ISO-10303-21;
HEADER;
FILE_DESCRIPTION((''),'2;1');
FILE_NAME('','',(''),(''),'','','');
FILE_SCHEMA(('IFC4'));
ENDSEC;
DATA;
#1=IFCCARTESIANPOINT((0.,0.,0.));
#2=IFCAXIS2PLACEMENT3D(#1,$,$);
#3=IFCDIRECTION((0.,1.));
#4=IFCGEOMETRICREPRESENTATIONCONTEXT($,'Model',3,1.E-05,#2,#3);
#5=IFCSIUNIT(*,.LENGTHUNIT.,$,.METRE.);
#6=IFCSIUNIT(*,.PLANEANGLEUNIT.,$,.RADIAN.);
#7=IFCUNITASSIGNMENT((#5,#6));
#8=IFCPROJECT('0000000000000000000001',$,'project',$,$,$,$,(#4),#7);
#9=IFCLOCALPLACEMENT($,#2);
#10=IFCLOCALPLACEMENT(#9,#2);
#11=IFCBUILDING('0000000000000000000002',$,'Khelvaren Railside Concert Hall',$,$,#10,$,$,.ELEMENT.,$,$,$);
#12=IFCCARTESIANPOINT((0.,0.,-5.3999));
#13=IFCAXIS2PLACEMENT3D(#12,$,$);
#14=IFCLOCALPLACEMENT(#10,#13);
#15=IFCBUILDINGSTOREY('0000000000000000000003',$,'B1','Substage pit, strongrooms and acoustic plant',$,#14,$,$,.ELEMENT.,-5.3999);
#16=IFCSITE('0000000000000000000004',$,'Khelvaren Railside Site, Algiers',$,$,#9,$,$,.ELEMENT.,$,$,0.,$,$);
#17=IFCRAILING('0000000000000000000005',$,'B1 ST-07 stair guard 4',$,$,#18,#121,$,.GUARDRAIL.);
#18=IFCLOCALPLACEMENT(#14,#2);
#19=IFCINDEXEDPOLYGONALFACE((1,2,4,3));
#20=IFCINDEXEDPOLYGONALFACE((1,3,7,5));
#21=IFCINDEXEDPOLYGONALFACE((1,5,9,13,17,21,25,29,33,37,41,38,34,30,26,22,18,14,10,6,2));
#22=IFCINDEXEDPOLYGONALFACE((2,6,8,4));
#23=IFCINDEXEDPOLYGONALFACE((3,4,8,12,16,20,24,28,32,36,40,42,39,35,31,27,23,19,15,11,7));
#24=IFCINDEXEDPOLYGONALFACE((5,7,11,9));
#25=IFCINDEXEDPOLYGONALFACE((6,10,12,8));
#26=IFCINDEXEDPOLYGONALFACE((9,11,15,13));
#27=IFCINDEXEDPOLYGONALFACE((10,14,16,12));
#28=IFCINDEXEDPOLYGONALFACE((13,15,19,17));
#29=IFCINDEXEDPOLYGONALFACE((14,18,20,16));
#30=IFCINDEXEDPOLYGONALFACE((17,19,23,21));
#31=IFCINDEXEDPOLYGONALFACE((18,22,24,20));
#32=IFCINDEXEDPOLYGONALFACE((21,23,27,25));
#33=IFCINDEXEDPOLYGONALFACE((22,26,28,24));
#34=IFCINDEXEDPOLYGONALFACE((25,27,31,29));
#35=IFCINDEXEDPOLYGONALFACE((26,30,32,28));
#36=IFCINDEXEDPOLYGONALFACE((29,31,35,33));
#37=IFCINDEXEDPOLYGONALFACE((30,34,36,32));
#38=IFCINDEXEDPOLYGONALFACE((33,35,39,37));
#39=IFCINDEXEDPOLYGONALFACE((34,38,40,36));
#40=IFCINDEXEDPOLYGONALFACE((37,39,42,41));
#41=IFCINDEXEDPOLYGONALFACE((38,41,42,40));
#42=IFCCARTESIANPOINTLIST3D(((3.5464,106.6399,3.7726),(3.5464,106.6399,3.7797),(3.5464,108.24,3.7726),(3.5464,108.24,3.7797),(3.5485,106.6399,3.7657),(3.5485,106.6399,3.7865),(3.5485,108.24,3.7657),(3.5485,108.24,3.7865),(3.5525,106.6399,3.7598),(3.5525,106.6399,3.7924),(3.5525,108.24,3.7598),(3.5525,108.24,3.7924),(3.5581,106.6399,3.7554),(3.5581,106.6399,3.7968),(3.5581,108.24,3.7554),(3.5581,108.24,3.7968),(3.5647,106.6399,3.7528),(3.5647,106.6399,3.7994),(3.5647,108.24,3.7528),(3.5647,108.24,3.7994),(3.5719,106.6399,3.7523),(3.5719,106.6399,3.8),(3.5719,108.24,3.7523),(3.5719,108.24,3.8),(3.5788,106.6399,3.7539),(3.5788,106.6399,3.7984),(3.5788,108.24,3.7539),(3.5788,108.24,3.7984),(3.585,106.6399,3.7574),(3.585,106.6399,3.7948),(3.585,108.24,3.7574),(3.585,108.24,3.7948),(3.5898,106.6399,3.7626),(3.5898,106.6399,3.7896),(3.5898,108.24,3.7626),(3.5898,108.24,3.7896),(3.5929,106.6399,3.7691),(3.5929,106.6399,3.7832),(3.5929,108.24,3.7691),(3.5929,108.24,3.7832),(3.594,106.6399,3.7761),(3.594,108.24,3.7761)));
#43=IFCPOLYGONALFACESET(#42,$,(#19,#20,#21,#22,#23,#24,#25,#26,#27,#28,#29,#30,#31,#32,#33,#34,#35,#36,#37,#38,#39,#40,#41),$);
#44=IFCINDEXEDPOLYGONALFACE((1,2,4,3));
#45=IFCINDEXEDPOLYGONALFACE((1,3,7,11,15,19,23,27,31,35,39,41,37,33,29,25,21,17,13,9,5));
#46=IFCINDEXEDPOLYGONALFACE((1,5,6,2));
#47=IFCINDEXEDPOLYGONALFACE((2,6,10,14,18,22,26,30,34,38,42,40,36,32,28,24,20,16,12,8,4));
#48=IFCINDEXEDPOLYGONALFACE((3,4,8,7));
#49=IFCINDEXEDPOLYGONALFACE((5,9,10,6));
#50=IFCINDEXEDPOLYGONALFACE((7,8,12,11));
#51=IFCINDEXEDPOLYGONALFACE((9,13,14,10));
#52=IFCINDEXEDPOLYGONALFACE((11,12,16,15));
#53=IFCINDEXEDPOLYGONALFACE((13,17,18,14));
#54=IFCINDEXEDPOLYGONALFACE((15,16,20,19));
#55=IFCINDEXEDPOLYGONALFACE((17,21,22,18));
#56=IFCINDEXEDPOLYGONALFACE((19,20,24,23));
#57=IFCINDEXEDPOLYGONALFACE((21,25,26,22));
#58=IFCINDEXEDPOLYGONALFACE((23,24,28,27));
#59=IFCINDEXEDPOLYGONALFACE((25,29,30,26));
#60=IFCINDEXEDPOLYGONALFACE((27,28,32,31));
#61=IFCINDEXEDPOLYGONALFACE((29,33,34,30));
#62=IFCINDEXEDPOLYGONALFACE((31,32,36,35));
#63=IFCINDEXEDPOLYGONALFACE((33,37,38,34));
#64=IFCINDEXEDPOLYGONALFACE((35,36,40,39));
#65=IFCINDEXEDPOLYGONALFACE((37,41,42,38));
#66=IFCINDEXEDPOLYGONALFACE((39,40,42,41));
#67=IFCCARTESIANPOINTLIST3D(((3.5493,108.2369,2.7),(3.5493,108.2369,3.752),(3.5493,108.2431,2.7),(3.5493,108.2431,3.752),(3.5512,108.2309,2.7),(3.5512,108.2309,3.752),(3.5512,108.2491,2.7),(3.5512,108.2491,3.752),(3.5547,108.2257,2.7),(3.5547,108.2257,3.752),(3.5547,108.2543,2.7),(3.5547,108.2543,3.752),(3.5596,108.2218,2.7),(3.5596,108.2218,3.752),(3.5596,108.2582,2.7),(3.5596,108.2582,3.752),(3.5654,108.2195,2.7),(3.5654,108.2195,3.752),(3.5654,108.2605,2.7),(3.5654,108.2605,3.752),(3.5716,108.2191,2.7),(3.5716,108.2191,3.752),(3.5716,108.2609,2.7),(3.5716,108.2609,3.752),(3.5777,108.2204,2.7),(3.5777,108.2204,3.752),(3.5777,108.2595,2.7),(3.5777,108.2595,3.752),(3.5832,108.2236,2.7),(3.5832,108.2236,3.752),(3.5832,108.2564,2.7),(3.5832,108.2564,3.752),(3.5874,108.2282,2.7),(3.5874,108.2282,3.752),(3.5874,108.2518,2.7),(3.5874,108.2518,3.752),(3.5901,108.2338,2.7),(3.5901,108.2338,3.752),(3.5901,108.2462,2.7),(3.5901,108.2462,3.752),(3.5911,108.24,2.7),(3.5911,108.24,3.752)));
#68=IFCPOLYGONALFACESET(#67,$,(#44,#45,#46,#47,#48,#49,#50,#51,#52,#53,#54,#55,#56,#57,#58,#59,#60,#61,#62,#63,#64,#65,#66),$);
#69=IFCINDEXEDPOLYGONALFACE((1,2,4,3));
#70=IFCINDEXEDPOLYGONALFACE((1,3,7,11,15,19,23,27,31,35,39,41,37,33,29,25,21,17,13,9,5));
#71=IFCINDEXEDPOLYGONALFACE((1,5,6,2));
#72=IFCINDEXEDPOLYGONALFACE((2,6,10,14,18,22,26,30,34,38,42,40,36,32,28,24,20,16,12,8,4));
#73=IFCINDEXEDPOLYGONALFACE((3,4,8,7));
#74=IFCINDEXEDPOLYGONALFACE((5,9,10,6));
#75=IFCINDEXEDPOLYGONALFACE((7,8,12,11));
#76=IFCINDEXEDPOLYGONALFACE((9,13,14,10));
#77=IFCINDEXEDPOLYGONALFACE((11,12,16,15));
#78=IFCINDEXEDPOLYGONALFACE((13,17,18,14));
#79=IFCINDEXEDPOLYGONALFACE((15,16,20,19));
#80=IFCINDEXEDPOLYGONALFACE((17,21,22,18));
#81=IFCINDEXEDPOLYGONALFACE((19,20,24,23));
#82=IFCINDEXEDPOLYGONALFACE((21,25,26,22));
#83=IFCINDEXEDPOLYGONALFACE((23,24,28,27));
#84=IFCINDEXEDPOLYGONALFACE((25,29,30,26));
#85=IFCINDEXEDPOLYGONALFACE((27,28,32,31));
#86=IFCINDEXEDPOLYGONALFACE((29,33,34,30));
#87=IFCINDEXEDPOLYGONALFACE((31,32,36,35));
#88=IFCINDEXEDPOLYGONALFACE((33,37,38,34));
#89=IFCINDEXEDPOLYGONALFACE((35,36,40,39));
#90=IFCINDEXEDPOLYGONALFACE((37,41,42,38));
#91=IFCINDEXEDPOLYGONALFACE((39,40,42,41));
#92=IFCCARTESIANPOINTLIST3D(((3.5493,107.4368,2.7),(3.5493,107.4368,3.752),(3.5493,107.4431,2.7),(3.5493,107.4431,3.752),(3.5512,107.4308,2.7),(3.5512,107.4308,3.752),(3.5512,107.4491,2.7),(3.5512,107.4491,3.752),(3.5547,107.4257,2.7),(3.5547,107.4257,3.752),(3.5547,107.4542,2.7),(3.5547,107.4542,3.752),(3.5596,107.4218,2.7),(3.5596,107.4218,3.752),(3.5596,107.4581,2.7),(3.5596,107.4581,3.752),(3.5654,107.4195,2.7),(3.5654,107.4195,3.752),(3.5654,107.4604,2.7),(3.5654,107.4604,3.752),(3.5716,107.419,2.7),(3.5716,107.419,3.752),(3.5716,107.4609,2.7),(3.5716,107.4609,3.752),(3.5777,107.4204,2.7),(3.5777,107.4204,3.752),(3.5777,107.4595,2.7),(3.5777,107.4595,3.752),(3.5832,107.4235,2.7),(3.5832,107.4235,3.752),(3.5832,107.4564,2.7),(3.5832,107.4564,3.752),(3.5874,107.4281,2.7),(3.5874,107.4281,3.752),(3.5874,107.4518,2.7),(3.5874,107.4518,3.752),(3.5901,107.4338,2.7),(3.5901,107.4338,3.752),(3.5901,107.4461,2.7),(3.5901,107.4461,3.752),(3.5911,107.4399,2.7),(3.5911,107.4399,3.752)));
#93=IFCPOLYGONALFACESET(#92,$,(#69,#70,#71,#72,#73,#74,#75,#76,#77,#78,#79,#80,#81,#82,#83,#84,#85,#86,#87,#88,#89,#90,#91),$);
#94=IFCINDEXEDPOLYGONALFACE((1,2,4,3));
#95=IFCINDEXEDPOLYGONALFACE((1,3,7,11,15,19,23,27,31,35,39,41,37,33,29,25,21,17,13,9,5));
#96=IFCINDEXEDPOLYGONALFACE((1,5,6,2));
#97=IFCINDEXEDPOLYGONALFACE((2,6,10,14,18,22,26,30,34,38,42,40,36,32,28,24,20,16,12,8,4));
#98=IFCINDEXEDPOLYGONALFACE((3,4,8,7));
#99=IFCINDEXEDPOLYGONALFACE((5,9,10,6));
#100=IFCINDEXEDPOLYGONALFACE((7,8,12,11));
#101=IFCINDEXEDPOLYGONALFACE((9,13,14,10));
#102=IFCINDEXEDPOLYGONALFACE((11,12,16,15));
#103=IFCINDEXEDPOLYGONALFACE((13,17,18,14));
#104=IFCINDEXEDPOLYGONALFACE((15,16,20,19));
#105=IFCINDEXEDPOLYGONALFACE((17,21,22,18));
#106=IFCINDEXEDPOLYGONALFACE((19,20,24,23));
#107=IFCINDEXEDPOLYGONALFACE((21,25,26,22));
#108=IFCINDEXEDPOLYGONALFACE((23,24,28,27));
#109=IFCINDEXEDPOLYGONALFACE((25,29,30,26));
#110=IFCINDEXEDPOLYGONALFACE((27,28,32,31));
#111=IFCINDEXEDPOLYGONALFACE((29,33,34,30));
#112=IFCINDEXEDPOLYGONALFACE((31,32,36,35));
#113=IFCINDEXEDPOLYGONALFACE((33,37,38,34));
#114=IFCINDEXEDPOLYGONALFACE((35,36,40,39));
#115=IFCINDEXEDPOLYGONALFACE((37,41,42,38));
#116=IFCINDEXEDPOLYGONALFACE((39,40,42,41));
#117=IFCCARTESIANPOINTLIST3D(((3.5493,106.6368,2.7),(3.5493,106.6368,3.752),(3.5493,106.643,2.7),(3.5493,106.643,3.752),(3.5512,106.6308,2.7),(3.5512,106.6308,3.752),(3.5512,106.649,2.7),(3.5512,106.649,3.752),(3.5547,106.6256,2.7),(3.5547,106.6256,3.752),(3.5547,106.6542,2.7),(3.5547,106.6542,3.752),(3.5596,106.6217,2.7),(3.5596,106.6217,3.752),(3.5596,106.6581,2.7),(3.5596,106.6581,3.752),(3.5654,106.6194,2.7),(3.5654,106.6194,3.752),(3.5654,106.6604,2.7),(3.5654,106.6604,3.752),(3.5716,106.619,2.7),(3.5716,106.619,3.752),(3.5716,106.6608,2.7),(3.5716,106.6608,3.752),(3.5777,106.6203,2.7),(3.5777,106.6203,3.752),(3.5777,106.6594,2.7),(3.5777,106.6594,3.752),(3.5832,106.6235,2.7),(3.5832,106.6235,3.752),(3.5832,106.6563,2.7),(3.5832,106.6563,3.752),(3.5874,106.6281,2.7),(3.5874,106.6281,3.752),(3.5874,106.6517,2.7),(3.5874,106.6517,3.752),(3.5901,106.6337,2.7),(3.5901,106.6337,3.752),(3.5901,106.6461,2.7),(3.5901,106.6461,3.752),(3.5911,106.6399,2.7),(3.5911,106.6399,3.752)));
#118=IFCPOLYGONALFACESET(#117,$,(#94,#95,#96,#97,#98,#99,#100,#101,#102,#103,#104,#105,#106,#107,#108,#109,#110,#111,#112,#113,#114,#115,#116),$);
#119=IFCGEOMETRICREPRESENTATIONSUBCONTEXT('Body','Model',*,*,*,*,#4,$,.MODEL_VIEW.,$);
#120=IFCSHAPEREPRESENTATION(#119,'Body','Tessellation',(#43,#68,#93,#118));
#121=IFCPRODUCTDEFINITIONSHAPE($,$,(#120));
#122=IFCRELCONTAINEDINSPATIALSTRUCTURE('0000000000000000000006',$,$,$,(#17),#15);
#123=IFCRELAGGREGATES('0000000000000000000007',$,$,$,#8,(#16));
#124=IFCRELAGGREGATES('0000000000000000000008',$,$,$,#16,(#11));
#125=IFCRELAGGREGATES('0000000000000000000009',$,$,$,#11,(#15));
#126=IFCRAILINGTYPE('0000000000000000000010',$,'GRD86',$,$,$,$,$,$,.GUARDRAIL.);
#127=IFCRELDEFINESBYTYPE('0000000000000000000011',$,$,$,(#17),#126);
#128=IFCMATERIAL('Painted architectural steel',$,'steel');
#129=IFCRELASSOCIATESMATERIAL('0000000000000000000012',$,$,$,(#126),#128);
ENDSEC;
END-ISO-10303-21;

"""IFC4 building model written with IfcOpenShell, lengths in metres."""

from ifc_helpers import new_model, si_unit, direction, frame, origin, origin_2d, place, context, subcontext, project, spatial, circle, extrude, material, type_object, element, save


model = new_model("IFC4")

# Units and contexts
model_context = context("Model", 3, precision=1e-05, world=origin(), true_north=direction((0.0, 1.0)))
body_context = subcontext(model_context, "Body", "Model", "MODEL_VIEW")
ifc_project = project(units=[si_unit("LENGTHUNIT", "METRE"), si_unit("PLANEANGLEUNIT", "RADIAN")], contexts=[model_context])

# Site, building, storey
site_placement = place(None, origin())
site = spatial("IfcSite", under=ifc_project, at=site_placement, Name="Khelvaren Railside Site, Algiers", CompositionType="ELEMENT", RefElevation=0.0)
building_placement = place(site_placement, origin())
building = spatial("IfcBuilding", under=site, at=building_placement, Name="Khelvaren Railside Concert Hall", CompositionType="ELEMENT")
storey_placement = place(building_placement, frame((0.0, 0.0, -5.3999)))
storey = spatial("IfcBuildingStorey", under=building, at=storey_placement, Name="B1", Description="Substage pit, strongrooms and acoustic plant", CompositionType="ELEMENT", Elevation=-5.3999)

# Railing
ifc_material_1 = material(Name="Painted architectural steel", Category="steel")
railing_type_1 = type_object("IfcRailingType", Name="GRD86", PredefinedType="GUARDRAIL", material=ifc_material_1)
for number, where, name in (
    (1, (3.5701, 108.24, 2.7), "B1 ST-07 stair guard 4"),
):
    element("IfcRailing", number, at=place(storey_placement, frame(where)), inside=storey, type_object=railing_type_1, Name=name, PredefinedType="GUARDRAIL", context=body_context, shape_type="SweptSolid", body=[
        extrude(circle(Radius=0.0239, at=origin_2d()), frame((0.0, 0.0, 1.0762), z_axis=(0.0, -1.0, 0.0), x_axis=(1.0, 0.0, 0.0)), (0.0, 0.0, 1.0), 1.6001),
        extrude(circle(Radius=0.021, at=origin_2d()), origin(), (0.0, 0.0, 1.0), 1.052),
        extrude(circle(Radius=0.021, at=origin_2d()), frame((0.0, -0.8, 0.0)), (0.0, 0.0, 1.0), 1.052),
        extrude(circle(Radius=0.021, at=origin_2d()), frame((0.0, -1.6001, 0.0)), (0.0, 0.0, 1.0), 1.052),
    ])

save(model, "model.ifc")
